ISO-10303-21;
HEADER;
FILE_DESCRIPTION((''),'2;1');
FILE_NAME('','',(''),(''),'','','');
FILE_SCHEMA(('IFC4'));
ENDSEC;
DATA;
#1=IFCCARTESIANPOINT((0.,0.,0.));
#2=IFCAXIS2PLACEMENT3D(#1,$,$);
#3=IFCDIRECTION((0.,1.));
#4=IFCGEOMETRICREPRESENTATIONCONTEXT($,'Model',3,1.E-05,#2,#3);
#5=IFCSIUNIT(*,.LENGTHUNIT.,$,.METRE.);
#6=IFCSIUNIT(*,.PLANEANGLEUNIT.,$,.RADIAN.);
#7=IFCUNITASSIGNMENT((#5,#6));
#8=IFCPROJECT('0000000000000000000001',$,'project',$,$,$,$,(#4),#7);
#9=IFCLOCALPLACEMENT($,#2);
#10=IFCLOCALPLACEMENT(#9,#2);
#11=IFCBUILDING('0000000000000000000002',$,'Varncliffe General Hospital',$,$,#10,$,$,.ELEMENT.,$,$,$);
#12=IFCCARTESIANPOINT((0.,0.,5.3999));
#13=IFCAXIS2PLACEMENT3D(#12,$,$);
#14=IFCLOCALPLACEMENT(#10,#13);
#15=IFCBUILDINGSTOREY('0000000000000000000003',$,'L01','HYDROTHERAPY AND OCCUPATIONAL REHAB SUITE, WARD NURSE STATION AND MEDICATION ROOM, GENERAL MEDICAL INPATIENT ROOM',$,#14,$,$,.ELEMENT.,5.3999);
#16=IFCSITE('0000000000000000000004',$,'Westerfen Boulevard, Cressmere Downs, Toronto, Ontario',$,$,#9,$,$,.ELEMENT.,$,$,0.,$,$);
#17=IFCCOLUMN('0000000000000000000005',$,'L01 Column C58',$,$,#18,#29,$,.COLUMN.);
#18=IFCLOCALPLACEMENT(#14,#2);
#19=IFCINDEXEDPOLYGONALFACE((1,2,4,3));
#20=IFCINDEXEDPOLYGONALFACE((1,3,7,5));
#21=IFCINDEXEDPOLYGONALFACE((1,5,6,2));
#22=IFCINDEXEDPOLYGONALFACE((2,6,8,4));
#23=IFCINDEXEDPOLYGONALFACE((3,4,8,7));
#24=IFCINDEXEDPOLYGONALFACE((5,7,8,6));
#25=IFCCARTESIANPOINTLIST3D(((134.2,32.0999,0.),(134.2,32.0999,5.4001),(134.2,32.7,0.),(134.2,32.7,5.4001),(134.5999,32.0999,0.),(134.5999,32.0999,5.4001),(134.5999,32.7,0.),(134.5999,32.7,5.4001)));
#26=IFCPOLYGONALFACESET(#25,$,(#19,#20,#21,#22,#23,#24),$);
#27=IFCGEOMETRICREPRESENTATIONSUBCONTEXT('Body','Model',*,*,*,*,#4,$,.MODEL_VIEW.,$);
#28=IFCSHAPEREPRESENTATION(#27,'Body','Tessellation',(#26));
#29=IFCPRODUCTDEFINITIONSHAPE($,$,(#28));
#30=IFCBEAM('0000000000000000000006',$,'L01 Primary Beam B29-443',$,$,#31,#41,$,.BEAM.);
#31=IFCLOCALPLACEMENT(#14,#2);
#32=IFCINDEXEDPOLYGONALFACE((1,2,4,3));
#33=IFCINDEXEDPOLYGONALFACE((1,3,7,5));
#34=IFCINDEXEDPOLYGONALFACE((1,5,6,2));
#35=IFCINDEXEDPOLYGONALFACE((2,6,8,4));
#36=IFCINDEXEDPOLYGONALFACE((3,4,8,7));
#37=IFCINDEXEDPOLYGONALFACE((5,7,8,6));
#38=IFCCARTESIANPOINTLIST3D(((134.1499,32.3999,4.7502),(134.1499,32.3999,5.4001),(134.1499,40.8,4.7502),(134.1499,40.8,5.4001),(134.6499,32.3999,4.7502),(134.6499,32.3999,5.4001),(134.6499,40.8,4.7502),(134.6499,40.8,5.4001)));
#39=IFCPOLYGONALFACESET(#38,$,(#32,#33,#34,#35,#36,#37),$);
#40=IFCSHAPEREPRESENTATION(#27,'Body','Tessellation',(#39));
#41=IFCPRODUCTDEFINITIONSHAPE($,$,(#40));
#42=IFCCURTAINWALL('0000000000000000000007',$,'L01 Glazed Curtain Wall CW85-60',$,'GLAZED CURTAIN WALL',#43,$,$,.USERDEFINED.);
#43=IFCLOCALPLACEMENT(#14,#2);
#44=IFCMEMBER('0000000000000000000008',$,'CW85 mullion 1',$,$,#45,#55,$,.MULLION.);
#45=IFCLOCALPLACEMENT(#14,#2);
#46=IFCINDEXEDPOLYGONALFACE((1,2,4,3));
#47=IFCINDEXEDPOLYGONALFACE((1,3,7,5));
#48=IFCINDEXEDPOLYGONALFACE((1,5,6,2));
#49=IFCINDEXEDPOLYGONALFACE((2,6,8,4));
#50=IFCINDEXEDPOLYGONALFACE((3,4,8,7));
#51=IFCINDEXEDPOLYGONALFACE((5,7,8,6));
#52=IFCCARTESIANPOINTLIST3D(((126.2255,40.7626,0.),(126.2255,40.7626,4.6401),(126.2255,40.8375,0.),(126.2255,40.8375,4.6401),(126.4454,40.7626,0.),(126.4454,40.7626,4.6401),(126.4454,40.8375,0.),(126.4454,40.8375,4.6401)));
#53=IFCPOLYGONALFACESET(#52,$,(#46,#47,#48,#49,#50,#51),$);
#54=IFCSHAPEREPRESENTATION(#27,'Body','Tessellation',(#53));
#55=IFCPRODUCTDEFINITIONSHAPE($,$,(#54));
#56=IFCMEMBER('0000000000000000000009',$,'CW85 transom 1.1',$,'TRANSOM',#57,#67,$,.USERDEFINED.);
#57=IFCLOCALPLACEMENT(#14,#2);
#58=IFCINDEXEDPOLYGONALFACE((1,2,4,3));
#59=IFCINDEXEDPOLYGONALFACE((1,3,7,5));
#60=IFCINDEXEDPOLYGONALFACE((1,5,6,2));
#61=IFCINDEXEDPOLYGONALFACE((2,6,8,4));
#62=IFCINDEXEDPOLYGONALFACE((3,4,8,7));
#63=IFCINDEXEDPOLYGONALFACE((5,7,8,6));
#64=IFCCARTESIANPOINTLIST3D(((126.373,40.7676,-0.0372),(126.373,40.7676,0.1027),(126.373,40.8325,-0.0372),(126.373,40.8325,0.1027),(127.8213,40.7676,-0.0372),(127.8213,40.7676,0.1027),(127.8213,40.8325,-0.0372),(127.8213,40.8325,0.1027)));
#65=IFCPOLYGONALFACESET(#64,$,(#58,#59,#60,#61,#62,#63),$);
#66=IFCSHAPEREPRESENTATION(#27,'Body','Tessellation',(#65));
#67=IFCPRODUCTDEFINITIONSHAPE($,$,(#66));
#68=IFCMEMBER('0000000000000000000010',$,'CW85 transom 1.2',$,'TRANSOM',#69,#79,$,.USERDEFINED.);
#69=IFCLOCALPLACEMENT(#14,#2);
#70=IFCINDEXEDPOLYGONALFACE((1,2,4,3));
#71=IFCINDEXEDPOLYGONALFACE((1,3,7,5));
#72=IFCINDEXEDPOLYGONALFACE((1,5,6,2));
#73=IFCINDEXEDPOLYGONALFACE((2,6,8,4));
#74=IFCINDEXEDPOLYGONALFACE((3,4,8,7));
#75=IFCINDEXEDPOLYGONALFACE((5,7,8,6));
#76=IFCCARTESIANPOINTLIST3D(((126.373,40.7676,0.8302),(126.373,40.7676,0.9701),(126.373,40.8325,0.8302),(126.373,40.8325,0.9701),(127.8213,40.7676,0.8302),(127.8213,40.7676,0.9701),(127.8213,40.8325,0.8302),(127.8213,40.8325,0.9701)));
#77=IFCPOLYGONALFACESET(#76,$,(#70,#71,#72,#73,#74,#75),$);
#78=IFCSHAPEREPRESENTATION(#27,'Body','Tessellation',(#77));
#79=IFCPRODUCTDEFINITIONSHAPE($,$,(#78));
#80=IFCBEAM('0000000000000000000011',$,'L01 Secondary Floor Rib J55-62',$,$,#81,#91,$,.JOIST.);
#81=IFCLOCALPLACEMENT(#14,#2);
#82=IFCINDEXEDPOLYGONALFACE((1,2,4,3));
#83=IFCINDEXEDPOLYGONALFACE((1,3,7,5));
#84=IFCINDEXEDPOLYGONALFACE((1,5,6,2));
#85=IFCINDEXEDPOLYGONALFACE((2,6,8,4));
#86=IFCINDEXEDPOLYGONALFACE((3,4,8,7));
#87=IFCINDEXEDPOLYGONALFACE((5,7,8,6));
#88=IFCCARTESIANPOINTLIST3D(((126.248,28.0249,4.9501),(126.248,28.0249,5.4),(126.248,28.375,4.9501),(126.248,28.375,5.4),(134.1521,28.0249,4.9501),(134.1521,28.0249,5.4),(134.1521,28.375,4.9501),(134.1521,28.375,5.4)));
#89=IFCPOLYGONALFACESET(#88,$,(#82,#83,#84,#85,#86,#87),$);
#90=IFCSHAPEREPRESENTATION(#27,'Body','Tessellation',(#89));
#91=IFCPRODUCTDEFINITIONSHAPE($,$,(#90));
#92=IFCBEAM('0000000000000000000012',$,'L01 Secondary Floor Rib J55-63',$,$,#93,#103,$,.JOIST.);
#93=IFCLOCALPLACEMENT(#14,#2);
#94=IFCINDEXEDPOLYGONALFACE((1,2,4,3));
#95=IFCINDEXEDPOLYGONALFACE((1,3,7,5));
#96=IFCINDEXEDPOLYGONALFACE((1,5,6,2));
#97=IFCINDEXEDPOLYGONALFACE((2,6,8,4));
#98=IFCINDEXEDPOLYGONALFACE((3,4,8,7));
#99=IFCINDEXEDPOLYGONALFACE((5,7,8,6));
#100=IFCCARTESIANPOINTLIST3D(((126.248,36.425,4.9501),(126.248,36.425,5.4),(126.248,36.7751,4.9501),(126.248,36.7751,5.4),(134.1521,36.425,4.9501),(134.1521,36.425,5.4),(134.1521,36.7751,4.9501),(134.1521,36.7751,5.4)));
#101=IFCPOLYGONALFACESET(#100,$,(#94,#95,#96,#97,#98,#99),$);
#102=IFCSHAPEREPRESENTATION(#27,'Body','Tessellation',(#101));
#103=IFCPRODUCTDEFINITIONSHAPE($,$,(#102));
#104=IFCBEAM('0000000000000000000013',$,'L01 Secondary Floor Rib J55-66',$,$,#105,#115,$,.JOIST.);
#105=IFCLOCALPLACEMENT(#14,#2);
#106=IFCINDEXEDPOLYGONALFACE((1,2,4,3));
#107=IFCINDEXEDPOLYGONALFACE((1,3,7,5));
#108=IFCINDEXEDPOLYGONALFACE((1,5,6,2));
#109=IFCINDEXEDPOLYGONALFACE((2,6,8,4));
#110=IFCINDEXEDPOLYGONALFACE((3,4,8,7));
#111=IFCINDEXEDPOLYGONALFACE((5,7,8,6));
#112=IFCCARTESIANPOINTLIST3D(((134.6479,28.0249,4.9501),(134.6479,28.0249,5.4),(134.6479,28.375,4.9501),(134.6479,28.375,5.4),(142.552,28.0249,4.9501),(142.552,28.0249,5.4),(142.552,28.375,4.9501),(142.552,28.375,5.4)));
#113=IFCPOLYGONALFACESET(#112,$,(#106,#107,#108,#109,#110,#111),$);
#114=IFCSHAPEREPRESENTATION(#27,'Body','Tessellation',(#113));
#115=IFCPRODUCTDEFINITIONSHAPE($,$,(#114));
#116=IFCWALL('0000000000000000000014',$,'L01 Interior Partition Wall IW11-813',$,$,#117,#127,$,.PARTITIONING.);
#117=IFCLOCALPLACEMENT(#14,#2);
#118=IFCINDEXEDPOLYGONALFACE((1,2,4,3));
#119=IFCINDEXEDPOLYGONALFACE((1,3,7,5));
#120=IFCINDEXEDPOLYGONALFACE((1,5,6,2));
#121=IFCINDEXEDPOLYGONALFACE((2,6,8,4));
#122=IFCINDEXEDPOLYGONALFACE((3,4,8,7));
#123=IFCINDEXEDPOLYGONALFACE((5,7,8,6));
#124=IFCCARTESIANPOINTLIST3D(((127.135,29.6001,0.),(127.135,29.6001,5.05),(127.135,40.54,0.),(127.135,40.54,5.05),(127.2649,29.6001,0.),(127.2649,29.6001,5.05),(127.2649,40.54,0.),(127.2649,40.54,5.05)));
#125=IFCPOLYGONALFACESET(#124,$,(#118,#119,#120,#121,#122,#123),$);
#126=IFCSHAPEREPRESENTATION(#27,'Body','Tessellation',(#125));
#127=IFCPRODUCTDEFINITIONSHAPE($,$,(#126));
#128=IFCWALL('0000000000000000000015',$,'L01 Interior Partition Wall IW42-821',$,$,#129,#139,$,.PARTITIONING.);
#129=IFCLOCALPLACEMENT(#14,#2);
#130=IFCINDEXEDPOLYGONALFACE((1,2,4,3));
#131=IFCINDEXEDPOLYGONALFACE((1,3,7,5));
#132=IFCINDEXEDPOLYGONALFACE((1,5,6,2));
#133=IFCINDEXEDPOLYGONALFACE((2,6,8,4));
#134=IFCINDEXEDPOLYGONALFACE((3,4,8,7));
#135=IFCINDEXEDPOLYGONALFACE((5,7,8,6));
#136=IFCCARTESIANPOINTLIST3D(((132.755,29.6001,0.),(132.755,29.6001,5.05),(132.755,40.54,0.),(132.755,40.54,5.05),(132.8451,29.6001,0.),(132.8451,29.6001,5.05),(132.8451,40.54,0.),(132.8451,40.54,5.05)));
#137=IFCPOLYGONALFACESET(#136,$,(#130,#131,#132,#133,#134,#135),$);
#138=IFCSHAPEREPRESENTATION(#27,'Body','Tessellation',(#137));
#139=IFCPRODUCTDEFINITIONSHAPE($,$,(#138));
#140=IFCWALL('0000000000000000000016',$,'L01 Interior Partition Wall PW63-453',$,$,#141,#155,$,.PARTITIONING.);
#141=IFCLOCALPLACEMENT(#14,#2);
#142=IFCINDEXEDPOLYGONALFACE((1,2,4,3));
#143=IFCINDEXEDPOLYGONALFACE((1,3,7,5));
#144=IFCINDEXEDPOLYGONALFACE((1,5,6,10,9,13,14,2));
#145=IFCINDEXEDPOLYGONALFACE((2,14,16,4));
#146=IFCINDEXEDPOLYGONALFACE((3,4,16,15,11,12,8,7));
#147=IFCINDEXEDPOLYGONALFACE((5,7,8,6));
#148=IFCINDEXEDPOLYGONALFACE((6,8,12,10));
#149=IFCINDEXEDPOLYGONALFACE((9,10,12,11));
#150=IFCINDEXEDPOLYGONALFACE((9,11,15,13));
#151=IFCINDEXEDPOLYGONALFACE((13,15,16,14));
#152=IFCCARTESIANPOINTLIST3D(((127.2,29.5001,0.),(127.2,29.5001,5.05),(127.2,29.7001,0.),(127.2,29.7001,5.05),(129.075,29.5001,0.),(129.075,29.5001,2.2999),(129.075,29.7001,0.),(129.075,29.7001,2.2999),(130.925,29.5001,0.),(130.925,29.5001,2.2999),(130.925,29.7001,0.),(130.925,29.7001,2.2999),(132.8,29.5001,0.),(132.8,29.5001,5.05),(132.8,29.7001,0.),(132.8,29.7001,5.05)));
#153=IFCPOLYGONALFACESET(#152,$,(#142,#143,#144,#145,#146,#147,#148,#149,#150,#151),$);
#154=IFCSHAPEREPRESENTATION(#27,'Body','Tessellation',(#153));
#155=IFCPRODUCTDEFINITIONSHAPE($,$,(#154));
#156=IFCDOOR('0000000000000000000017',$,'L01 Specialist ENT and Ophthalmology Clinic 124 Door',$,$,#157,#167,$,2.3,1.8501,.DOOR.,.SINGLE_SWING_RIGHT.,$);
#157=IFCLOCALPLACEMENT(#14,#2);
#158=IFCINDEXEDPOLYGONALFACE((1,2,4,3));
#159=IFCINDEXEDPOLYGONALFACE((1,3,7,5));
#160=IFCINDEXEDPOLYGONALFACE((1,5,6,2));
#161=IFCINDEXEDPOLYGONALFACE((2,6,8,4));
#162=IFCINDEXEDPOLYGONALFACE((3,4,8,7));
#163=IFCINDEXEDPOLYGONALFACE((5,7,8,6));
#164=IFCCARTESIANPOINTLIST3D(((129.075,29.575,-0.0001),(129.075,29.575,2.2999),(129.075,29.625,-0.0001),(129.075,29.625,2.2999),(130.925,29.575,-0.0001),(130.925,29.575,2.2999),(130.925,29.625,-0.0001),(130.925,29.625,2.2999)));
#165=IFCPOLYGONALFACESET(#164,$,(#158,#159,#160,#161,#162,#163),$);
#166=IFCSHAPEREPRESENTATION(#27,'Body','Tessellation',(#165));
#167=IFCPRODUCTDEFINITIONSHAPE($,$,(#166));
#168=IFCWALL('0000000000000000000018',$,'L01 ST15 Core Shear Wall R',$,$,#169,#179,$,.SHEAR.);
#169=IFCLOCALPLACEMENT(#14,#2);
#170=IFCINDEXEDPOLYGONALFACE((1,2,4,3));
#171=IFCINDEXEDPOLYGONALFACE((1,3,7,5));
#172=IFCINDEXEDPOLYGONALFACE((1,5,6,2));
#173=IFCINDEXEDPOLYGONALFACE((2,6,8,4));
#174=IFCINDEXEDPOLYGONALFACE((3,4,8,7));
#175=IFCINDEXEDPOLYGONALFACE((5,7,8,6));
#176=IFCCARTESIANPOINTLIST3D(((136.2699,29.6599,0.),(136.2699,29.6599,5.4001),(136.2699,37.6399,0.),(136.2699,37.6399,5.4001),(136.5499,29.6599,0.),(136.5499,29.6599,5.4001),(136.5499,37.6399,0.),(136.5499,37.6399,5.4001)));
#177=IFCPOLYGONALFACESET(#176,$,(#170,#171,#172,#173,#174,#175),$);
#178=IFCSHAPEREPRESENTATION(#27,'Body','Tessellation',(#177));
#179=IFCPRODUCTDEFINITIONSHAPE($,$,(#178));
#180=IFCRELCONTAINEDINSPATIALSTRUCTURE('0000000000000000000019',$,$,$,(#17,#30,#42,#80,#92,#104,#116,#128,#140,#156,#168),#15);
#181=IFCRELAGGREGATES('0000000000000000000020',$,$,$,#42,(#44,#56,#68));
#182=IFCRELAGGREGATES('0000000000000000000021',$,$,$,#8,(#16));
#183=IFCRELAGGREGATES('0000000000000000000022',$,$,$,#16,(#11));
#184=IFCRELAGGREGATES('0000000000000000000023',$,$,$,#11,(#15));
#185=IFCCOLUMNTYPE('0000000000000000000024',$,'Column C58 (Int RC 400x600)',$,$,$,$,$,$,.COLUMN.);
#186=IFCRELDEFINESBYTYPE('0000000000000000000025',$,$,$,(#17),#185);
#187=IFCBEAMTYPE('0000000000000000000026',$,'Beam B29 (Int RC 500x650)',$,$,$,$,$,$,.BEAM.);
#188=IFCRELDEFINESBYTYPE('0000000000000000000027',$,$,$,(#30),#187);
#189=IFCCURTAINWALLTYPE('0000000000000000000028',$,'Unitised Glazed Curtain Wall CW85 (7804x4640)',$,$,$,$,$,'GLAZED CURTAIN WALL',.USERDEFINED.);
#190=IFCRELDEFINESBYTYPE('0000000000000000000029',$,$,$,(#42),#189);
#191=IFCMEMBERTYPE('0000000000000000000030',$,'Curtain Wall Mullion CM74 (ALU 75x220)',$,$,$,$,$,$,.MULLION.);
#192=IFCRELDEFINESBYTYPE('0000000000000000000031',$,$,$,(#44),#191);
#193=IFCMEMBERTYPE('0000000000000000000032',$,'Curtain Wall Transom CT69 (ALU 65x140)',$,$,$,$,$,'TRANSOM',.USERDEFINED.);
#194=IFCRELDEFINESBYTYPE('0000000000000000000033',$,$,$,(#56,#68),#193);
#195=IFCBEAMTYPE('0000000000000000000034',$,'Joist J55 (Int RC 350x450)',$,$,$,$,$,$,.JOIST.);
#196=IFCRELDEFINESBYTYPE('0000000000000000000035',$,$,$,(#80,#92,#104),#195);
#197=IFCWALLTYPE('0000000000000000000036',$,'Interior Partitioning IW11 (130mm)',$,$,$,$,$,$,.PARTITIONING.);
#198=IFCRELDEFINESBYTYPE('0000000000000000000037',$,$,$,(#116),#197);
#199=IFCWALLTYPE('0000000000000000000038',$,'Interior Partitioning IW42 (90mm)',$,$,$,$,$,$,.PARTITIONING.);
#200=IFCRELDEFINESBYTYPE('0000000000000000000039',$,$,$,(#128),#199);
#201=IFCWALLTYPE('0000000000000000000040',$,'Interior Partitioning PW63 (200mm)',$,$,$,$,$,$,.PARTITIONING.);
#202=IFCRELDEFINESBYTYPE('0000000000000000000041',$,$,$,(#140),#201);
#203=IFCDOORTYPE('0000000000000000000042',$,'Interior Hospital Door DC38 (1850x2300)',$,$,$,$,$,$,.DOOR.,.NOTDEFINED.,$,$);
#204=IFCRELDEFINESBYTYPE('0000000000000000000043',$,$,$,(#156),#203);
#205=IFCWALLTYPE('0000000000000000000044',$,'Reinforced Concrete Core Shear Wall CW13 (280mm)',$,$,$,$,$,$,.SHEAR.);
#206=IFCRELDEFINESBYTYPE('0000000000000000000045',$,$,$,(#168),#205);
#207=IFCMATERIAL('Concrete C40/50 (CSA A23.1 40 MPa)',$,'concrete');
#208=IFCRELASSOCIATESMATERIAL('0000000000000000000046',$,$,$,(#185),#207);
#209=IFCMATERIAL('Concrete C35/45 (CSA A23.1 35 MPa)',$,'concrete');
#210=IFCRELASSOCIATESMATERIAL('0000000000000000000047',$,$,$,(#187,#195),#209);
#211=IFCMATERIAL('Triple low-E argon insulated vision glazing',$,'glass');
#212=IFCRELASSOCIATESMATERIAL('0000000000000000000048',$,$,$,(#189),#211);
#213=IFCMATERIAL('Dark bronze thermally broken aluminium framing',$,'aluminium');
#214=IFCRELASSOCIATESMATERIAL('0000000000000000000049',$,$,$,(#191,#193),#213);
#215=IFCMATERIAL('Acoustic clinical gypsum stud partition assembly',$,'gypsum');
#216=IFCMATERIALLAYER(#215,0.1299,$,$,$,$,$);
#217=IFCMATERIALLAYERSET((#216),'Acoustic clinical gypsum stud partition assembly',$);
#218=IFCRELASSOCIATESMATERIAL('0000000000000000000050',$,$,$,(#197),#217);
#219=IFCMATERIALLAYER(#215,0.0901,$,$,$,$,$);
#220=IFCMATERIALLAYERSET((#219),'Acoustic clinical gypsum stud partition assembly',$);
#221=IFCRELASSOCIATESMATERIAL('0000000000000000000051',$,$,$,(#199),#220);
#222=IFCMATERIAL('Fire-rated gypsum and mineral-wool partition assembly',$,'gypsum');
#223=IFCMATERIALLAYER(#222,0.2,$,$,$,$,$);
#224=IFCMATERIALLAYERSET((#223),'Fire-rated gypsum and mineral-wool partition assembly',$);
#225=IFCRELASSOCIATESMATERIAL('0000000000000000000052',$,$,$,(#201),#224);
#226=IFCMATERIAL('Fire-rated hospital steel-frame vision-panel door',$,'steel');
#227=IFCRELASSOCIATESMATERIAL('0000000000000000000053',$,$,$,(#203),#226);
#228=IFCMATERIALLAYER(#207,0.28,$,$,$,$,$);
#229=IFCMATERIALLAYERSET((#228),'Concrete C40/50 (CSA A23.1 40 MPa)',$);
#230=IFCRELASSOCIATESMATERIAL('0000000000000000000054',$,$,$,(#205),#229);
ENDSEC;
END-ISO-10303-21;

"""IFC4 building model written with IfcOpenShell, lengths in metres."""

from ifc_helpers import new_model, si_unit, direction, frame, frame_2d, origin, origin_2d, place, context, subcontext, project, spatial, rectangle, extrude, material, layer, layer_set, material_profile, profile_set, type_object, element, fill, aggregate, save


model = new_model("IFC4")

# Units and contexts
model_context = context("Model", 3, precision=1e-05, world=origin(), true_north=direction((0.0, 1.0)))
body_context = subcontext(model_context, "Body", "Model", "MODEL_VIEW")
ifc_project = project(units=[si_unit("LENGTHUNIT", "METRE"), si_unit("PLANEANGLEUNIT", "RADIAN")], contexts=[model_context])

# Site, building, storey
site_placement = place(None, origin())
site = spatial("IfcSite", under=ifc_project, at=site_placement, Name="Westerfen Boulevard, Cressmere Downs, Toronto, Ontario", CompositionType="ELEMENT", RefElevation=0.0)
building_placement = place(site_placement, origin())
building = spatial("IfcBuilding", under=site, at=building_placement, Name="Varncliffe General Hospital", CompositionType="ELEMENT")
storey_placement = place(building_placement, frame((0.0, 0.0, 5.3999)))
storey = spatial("IfcBuildingStorey", under=building, at=storey_placement, Name="L01", Description="HYDROTHERAPY AND OCCUPATIONAL REHAB SUITE, WARD NURSE STATION AND MEDICATION ROOM, GENERAL MEDICAL INPATIENT ROOM", CompositionType="ELEMENT", Elevation=5.3999)

# Column
ifc_material_1 = material(Name="Concrete C40/50 (CSA A23.1 40 MPa)", Category="concrete")
ifc_material_profile_1 = material_profile(ifc_material_1, rectangle(XDim=0.3999, YDim=0.6001, at=origin_2d()), Name="RC 400x600")
ifc_profile_set_1 = profile_set([ifc_material_profile_1], Name="Concrete C40/50 (CSA A23.1 40 MPa)")
column_type = type_object("IfcColumnType", Name="Column C58 (Int RC 400x600)", PredefinedType="COLUMN", material=ifc_profile_set_1)
column_placement = place(storey_placement, frame((134.3999, 32.3999, 0.0), z_axis=(0.0, 0.0, 1.0), x_axis=(1.0, 0.0, 0.0)))
element("IfcColumn", 1, at=column_placement, inside=storey, type_object=column_type, Name="L01 Column C58", PredefinedType="COLUMN", context=body_context, shape_type="SweptSolid", body=[
    extrude(rectangle(XDim=0.3999, YDim=0.6001, at=origin_2d()), origin(), (0.0, 0.0, 1.0), 5.4001),
])

# Beam
ifc_material_2 = material(Name="Concrete C35/45 (CSA A23.1 35 MPa)", Category="concrete")
ifc_material_profile_2 = material_profile(ifc_material_2, rectangle(XDim=0.5, YDim=0.6499, at=origin_2d()), Name="RC 500x650")
ifc_profile_set_2 = profile_set([ifc_material_profile_2], Name="Concrete C35/45 (CSA A23.1 35 MPa)")
beam_type_1 = type_object("IfcBeamType", Name="Beam B29 (Int RC 500x650)", PredefinedType="BEAM", material=ifc_profile_set_2)
beam_placement = place(storey_placement, frame((134.3999, 32.3999, 5.0752), z_axis=(0.0, 1.0, 0.0), x_axis=(-1.0, 0.0, 0.0)))
element("IfcBeam", 2, at=beam_placement, inside=storey, type_object=beam_type_1, Name="L01 Primary Beam B29-443", PredefinedType="BEAM", context=body_context, shape_type="SweptSolid", body=[
    extrude(rectangle(XDim=0.5, YDim=0.6499, at=origin_2d()), origin(), (0.0, 0.0, 1.0), 8.4001),
])

# Curtain wall, members
ifc_material_3 = material(Name="Triple low-E argon insulated vision glazing", Category="glass")
curtain_wall_type = type_object("IfcCurtainWallType", Name="Unitised Glazed Curtain Wall CW85 (7804x4640)", ElementType="GLAZED CURTAIN WALL", PredefinedType="USERDEFINED", material=ifc_material_3)
curtain_wall_placement = place(storey_placement, origin())
curtain_wall = element("IfcCurtainWall", 3, at=curtain_wall_placement, inside=storey, type_object=curtain_wall_type, Name="L01 Glazed Curtain Wall CW85-60", ObjectType="GLAZED CURTAIN WALL", PredefinedType="USERDEFINED")
ifc_material_4 = material(Name="Dark bronze thermally broken aluminium framing", Category="aluminium")
ifc_material_profile_3 = material_profile(ifc_material_4, rectangle(XDim=0.075, YDim=0.22, at=origin_2d()), Name="ALU 75x220")
ifc_profile_set_3 = profile_set([ifc_material_profile_3], Name="Dark bronze thermally broken aluminium framing")
member_type_1 = type_object("IfcMemberType", Name="Curtain Wall Mullion CM74 (ALU 75x220)", PredefinedType="MULLION", material=ifc_profile_set_3)
member_1_placement = place(storey_placement, frame((126.3354, 40.8, 0.0), z_axis=(0.0, 0.0, 1.0), x_axis=(0.0, 1.0, 0.0)))
member_1 = element("IfcMember", 4, at=member_1_placement, type_object=member_type_1, Name="CW85 mullion 1", PredefinedType="MULLION", context=body_context, shape_type="SweptSolid", body=[
    extrude(rectangle(XDim=0.075, YDim=0.22, at=origin_2d()), origin(), (0.0, 0.0, 1.0), 4.6401),
])
ifc_material_profile_4 = material_profile(ifc_material_4, rectangle(XDim=0.0649, YDim=0.1399, at=origin_2d()), Name="ALU 65x140")
ifc_profile_set_4 = profile_set([ifc_material_profile_4], Name="Dark bronze thermally broken aluminium framing")
member_type_2 = type_object("IfcMemberType", Name="Curtain Wall Transom CT69 (ALU 65x140)", ElementType="TRANSOM", PredefinedType="USERDEFINED", material=ifc_profile_set_4)
member_2_placement = place(storey_placement, frame((126.373, 40.8, 0.0327), z_axis=(1.0, 0.0, 0.0), x_axis=(0.0, 1.0, 0.0)))
member_2 = element("IfcMember", 5, at=member_2_placement, type_object=member_type_2, Name="CW85 transom 1.1", ObjectType="TRANSOM", PredefinedType="USERDEFINED", context=body_context, shape_type="SweptSolid", body=[
    extrude(rectangle(XDim=0.0649, YDim=0.1399, at=origin_2d()), origin(), (0.0, 0.0, 1.0), 1.4482),
])
member_3_placement = place(storey_placement, frame((126.373, 40.8, 0.9001), z_axis=(1.0, 0.0, 0.0), x_axis=(0.0, 1.0, 0.0)))
member_3 = element("IfcMember", 6, at=member_3_placement, type_object=member_type_2, Name="CW85 transom 1.2", ObjectType="TRANSOM", PredefinedType="USERDEFINED", context=body_context, shape_type="SweptSolid", body=[
    extrude(rectangle(XDim=0.0649, YDim=0.1399, at=origin_2d()), origin(), (0.0, 0.0, 1.0), 1.4482),
])
aggregate(curtain_wall, [member_1, member_2, member_3])

# Beams
ifc_material_profile_5 = material_profile(ifc_material_2, rectangle(XDim=0.3501, YDim=0.45, at=origin_2d()), Name="RC 350x450")
ifc_profile_set_5 = profile_set([ifc_material_profile_5], Name="Concrete C35/45 (CSA A23.1 35 MPa)")
beam_type_2 = type_object("IfcBeamType", Name="Joist J55 (Int RC 350x450)", PredefinedType="JOIST", material=ifc_profile_set_5)
for number, where, z_axis, x_axis, name in (
    (7, (126.248, 28.2, 5.175), (1.0, 0.0, 0.0), (0.0, 1.0, 0.0), "L01 Secondary Floor Rib J55-62"),
    (8, (126.248, 36.6001, 5.175), (1.0, 0.0, 0.0), (0.0, 1.0, 0.0), "L01 Secondary Floor Rib J55-63"),
    (9, (134.6479, 28.2, 5.175), (1.0, 0.0, 0.0), (0.0, 1.0, 0.0), "L01 Secondary Floor Rib J55-66"),
):
    element("IfcBeam", number, at=place(storey_placement, frame(where, z_axis=z_axis, x_axis=x_axis)), inside=storey, type_object=beam_type_2, Name=name, PredefinedType="JOIST", context=body_context, shape_type="SweptSolid", body=[
        extrude(rectangle(XDim=0.3501, YDim=0.45, at=origin_2d()), origin(), (0.0, 0.0, 1.0), 7.9041),
    ])

# Walls
ifc_material_5 = material(Name="Acoustic clinical gypsum stud partition assembly", Category="gypsum")
ifc_layer_1 = layer(ifc_material_5, 0.1299)
ifc_layer_set_1 = layer_set([ifc_layer_1], Name="Acoustic clinical gypsum stud partition assembly")
wall_type_1 = type_object("IfcWallType", Name="Interior Partitioning IW11 (130mm)", PredefinedType="PARTITIONING", material=ifc_layer_set_1)
wall_1_placement = place(storey_placement, frame((127.2, 29.6001, 0.0), z_axis=(0.0, 0.0, 1.0), x_axis=(0.0, 1.0, 0.0)))
element("IfcWall", 10, at=wall_1_placement, inside=storey, type_object=wall_type_1, Name="L01 Interior Partition Wall IW11-813", PredefinedType="PARTITIONING", context=body_context, shape_type="SweptSolid", body=[
    extrude(rectangle(XDim=10.9399, YDim=0.1299, at=frame_2d((5.47, 0.0))), origin(), (0.0, 0.0, 1.0), 5.05),
])
ifc_layer_2 = layer(ifc_material_5, 0.0901)
ifc_layer_set_2 = layer_set([ifc_layer_2], Name="Acoustic clinical gypsum stud partition assembly")
wall_type_2 = type_object("IfcWallType", Name="Interior Partitioning IW42 (90mm)", PredefinedType="PARTITIONING", material=ifc_layer_set_2)
wall_2_placement = place(storey_placement, frame((132.8, 29.6001, 0.0), z_axis=(0.0, 0.0, 1.0), x_axis=(0.0, 1.0, 0.0)))
element("IfcWall", 11, at=wall_2_placement, inside=storey, type_object=wall_type_2, Name="L01 Interior Partition Wall IW42-821", PredefinedType="PARTITIONING", context=body_context, shape_type="SweptSolid", body=[
    extrude(rectangle(XDim=10.9399, YDim=0.0901, at=frame_2d((5.47, 0.0))), origin(), (0.0, 0.0, 1.0), 5.05),
])

# Wall, opening, door
ifc_material_6 = material(Name="Fire-rated gypsum and mineral-wool partition assembly", Category="gypsum")
ifc_layer_3 = layer(ifc_material_6, 0.2)
ifc_layer_set_3 = layer_set([ifc_layer_3], Name="Fire-rated gypsum and mineral-wool partition assembly")
wall_type_3 = type_object("IfcWallType", Name="Interior Partitioning PW63 (200mm)", PredefinedType="PARTITIONING", material=ifc_layer_set_3)
wall_3_placement = place(storey_placement, frame((127.2, 29.6001, 0.0), z_axis=(0.0, 0.0, 1.0), x_axis=(1.0, 0.0, 0.0)))
wall_3 = element("IfcWall", 12, at=wall_3_placement, inside=storey, type_object=wall_type_3, Name="L01 Interior Partition Wall PW63-453", PredefinedType="PARTITIONING", context=body_context, shape_type="SweptSolid", body=[
    extrude(rectangle(XDim=5.6001, YDim=0.2, at=frame_2d((2.8, 0.0))), origin(), (0.0, 0.0, 1.0), 5.05),
])
opening_1_placement = place(wall_3_placement, frame((1.875, 0.0, 0.0)))
opening_1 = element("IfcOpeningElement", 13, at=opening_1_placement, cuts=wall_3, PredefinedType="OPENING", context=body_context, shape_type="SweptSolid", body=[
    extrude(rectangle(XDim=1.8501, YDim=2.3, at=frame_2d((0.925, 1.1499))), frame((0.0, 0.1099, 0.0), z_axis=(0.0, -1.0, 0.0), x_axis=(1.0, 0.0, 0.0)), (0.0, 0.0, 1.0), 0.22),
])
ifc_material_7 = material(Name="Fire-rated hospital steel-frame vision-panel door", Category="steel")
door_type_1 = type_object("IfcDoorType", Name="Interior Hospital Door DC38 (1850x2300)", OperationType="NOTDEFINED", PredefinedType="DOOR", material=ifc_material_7)
door_1_placement = place(opening_1_placement, origin())
door_1 = element("IfcDoor", 14, at=door_1_placement, inside=storey, type_object=door_type_1, Name="L01 Specialist ENT and Ophthalmology Clinic 124 Door", OperationType="SINGLE_SWING_RIGHT", OverallHeight=2.3, OverallWidth=1.8501, PredefinedType="DOOR", context=body_context, shape_type="SweptSolid", body=[
    extrude(rectangle(XDim=1.8501, YDim=2.3, at=frame_2d((0.925, 1.1499))), frame((0.0, 0.0249, 0.0), z_axis=(0.0, -1.0, 0.0), x_axis=(1.0, 0.0, 0.0)), (0.0, 0.0, 1.0), 0.05),
])
fill(opening_1, door_1)

# Wall
ifc_layer_4 = layer(ifc_material_1, 0.28)
ifc_layer_set_4 = layer_set([ifc_layer_4], Name="Concrete C40/50 (CSA A23.1 40 MPa)")
wall_type_4 = type_object("IfcWallType", Name="Reinforced Concrete Core Shear Wall CW13 (280mm)", PredefinedType="SHEAR", material=ifc_layer_set_4)
wall_4_placement = place(storey_placement, frame((136.4099, 37.6399, 0.0), z_axis=(0.0, 0.0, 1.0), x_axis=(0.0, -1.0, 0.0)))
element("IfcWall", 15, at=wall_4_placement, inside=storey, type_object=wall_type_4, Name="L01 ST15 Core Shear Wall R", PredefinedType="SHEAR", context=body_context, shape_type="SweptSolid", body=[
    extrude(rectangle(XDim=7.98, YDim=0.28, at=frame_2d((3.99, 0.0))), origin(), (0.0, 0.0, 1.0), 5.4001),
])

save(model, "model.ifc")
